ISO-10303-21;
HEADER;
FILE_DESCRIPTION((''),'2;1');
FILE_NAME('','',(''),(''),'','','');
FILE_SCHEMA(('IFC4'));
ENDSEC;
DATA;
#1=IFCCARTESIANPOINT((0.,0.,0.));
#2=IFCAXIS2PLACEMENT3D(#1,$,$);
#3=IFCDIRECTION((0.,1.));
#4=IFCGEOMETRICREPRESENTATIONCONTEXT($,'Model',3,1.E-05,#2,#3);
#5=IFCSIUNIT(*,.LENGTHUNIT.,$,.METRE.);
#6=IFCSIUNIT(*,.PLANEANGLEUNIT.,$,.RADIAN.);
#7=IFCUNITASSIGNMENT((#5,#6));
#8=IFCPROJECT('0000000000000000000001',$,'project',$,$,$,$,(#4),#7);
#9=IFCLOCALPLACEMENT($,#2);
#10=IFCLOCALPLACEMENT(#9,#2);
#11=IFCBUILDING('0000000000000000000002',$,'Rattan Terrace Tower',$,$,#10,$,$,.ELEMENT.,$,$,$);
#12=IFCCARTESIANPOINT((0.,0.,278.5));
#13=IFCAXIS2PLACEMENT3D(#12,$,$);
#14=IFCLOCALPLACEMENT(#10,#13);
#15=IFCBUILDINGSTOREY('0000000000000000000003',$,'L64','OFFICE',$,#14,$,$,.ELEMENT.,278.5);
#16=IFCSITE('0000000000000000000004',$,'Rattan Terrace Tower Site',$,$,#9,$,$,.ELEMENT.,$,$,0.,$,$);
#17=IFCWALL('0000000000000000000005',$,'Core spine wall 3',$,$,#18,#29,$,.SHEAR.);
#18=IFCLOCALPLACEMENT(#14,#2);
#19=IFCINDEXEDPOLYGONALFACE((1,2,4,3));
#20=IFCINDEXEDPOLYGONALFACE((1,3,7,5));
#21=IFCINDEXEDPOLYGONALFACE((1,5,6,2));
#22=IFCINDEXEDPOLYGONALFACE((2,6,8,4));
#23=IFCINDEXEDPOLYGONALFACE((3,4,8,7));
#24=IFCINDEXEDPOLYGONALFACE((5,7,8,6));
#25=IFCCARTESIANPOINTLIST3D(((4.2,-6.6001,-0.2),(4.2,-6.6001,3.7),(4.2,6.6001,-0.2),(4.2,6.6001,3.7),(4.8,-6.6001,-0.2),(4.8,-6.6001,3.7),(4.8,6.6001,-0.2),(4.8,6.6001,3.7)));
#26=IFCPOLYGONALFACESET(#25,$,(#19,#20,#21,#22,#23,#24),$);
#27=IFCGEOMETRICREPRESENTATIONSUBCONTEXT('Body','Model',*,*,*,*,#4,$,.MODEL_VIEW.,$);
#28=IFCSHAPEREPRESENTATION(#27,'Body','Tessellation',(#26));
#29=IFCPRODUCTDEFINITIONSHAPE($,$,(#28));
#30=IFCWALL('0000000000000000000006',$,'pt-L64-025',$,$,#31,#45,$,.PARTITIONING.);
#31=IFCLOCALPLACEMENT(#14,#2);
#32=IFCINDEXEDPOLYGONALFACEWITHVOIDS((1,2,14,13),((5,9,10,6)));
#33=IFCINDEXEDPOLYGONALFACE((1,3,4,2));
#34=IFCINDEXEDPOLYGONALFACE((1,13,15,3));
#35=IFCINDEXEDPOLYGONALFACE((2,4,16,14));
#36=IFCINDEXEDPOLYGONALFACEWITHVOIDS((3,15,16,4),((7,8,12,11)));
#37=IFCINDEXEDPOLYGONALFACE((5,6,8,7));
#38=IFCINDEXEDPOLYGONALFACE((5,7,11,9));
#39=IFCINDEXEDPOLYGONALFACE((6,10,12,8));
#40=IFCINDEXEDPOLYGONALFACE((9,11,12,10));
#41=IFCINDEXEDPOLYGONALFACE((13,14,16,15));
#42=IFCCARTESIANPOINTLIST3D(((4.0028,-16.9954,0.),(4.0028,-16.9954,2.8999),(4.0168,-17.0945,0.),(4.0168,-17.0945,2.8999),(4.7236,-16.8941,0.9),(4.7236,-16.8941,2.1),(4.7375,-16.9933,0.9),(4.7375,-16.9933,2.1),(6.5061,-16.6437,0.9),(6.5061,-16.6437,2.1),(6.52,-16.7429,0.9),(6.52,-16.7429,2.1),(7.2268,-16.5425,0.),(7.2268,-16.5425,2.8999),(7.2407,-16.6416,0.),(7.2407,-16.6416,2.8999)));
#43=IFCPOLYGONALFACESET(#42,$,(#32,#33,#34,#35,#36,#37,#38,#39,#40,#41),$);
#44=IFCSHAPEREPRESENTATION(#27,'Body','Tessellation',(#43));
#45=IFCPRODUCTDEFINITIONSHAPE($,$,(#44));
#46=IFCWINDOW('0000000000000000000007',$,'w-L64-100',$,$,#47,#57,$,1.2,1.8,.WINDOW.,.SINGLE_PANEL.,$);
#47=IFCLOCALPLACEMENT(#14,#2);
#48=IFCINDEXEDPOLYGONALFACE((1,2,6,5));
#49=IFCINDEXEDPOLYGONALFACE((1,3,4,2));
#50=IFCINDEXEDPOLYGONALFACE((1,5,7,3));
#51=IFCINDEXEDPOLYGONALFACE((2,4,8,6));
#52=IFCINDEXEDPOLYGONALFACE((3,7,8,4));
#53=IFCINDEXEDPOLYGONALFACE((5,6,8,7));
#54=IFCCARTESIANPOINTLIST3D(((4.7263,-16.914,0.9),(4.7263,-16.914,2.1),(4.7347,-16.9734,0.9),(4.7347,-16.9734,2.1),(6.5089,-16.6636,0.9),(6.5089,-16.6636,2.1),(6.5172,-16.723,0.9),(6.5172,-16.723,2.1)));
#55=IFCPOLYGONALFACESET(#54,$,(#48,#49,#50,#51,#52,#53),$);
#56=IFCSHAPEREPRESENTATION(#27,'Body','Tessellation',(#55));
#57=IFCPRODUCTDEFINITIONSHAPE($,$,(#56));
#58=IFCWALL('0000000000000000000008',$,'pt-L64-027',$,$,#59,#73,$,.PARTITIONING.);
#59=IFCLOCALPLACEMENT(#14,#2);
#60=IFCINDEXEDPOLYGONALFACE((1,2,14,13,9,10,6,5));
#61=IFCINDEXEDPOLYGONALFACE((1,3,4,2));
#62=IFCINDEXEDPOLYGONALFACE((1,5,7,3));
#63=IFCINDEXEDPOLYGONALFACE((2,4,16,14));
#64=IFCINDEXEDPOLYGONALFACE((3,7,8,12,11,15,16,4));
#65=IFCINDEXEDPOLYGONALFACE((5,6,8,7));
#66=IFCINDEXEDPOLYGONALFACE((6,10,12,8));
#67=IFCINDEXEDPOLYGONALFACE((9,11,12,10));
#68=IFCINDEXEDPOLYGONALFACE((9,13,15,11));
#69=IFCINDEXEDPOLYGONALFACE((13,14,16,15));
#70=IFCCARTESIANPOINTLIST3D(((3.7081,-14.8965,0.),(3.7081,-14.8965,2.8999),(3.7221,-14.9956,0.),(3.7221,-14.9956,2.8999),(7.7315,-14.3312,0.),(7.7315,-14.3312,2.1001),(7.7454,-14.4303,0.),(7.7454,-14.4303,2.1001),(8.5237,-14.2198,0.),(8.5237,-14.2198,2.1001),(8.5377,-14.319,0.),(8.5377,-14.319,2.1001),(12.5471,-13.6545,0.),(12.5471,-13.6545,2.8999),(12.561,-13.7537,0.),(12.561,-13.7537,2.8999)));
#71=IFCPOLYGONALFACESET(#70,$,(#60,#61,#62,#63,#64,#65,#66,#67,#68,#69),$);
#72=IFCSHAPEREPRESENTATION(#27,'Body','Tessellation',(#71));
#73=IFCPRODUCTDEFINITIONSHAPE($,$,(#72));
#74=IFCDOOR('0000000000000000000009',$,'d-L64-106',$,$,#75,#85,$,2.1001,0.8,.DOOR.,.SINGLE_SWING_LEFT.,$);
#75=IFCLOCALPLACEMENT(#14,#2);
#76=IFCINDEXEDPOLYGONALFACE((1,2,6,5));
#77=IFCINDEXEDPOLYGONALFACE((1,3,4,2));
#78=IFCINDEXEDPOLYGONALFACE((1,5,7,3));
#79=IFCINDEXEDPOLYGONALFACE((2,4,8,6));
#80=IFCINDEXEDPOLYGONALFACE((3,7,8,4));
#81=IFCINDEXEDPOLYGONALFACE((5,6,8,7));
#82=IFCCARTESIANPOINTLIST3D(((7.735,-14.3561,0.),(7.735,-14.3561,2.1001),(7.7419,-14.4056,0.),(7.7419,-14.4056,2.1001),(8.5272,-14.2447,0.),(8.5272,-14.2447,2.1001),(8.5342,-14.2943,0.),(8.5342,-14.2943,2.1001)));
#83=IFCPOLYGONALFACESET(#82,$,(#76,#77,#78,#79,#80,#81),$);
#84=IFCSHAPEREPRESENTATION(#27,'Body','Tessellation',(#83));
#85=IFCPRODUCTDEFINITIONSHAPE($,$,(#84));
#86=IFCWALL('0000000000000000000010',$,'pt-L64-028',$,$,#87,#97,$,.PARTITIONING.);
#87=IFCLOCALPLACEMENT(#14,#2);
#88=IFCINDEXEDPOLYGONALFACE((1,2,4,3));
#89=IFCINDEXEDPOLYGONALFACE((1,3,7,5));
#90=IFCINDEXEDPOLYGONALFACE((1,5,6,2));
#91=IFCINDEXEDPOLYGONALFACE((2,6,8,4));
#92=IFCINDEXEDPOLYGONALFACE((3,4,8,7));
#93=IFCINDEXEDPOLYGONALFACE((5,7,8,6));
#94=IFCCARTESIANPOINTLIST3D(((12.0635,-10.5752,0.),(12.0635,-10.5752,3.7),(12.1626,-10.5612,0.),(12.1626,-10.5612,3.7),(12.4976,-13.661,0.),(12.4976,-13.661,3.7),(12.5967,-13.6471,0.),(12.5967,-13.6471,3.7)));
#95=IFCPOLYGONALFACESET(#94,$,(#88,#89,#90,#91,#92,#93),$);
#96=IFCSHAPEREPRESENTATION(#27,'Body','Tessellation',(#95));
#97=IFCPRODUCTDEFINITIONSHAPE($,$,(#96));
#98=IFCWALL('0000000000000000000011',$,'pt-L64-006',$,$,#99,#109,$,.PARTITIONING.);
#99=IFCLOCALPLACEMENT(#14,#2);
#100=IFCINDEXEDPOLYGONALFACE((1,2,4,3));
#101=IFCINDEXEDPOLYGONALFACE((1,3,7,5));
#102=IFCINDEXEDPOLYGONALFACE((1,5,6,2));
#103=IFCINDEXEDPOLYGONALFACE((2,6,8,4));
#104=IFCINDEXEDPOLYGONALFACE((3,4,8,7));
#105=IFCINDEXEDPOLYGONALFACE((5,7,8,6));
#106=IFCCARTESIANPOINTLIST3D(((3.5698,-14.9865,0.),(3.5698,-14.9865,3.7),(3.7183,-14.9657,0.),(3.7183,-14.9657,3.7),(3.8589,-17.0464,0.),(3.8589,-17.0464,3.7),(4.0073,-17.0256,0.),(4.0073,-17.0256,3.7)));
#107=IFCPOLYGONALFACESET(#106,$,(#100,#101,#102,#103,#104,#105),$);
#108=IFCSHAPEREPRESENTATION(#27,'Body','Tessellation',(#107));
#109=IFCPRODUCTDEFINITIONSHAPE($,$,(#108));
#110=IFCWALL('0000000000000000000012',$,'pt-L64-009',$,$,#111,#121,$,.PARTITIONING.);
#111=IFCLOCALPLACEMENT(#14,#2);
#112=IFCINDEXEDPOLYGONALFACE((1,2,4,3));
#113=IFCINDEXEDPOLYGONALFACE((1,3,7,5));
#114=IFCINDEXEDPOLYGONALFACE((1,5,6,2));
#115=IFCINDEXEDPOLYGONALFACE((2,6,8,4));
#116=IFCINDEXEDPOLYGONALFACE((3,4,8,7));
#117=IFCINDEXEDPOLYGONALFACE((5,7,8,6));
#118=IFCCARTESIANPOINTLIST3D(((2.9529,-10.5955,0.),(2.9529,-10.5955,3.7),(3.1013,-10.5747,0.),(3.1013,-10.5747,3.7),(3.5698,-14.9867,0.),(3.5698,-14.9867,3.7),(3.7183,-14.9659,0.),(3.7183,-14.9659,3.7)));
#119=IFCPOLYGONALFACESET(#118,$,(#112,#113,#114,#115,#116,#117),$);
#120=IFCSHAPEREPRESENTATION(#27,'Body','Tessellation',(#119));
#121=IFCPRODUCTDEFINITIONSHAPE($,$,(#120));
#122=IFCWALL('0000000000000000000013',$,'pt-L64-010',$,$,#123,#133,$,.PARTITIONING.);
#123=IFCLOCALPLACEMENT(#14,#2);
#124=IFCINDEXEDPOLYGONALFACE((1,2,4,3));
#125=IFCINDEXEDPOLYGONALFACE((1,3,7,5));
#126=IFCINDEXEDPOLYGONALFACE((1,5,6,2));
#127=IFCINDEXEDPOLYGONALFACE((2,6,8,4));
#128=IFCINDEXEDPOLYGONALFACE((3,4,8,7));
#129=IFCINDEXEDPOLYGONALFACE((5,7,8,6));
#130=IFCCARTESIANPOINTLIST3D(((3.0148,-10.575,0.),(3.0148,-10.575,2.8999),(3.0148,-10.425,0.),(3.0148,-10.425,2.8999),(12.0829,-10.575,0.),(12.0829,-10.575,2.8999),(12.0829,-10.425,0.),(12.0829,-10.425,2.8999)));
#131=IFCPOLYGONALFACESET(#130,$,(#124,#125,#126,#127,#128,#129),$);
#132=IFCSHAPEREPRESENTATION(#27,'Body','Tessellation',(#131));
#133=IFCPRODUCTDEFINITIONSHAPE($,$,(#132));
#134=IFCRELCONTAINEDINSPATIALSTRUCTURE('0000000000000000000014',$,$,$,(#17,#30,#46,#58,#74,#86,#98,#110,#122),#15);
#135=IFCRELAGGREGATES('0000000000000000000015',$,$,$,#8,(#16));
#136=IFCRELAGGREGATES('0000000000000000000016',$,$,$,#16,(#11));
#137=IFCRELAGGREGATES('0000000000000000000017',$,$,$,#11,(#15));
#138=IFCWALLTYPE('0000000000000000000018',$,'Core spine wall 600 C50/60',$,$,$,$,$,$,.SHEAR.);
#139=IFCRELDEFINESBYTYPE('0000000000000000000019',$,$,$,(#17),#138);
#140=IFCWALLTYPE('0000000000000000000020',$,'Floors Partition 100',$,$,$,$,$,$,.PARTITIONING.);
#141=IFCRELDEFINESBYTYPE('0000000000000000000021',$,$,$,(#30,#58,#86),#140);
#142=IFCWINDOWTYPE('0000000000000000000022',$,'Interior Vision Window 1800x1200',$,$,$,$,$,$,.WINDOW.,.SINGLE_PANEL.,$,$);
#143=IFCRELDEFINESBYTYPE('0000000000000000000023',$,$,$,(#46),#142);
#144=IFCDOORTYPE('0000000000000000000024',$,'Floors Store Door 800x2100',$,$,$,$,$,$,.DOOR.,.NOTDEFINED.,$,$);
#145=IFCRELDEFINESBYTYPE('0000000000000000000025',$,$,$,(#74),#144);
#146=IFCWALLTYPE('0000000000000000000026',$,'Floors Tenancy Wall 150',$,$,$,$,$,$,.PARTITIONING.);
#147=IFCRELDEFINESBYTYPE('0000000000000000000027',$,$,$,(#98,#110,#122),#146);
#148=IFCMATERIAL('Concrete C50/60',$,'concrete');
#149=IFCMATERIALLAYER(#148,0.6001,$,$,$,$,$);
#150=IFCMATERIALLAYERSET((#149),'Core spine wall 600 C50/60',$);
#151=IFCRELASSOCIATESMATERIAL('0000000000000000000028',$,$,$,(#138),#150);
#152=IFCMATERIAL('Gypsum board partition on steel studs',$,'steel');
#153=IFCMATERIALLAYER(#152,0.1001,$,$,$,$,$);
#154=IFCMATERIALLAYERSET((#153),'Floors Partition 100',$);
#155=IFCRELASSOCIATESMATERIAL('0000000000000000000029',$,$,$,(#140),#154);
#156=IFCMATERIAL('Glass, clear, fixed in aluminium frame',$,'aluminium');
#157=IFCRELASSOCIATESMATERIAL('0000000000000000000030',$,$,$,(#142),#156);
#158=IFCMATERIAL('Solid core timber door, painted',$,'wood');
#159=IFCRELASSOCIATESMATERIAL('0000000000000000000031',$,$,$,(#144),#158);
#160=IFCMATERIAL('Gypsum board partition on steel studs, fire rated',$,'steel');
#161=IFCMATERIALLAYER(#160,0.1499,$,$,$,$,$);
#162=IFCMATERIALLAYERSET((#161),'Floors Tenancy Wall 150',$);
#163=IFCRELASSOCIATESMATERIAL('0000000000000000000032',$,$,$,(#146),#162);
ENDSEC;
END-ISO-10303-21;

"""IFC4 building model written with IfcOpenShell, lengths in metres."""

from ifc_helpers import new_model, si_unit, direction, frame, frame_2d, origin, place, context, subcontext, project, spatial, rectangle, extrude, material, layer, layer_set, type_object, element, fill, save


model = new_model("IFC4")

# Units and contexts
model_context = context("Model", 3, precision=1e-05, world=origin(), true_north=direction((0.0, 1.0)))
body_context = subcontext(model_context, "Body", "Model", "MODEL_VIEW")
ifc_project = project(units=[si_unit("LENGTHUNIT", "METRE"), si_unit("PLANEANGLEUNIT", "RADIAN")], contexts=[model_context])

# Site, building, storey
site_placement = place(None, origin())
site = spatial("IfcSite", under=ifc_project, at=site_placement, Name="Rattan Terrace Tower Site", CompositionType="ELEMENT", RefElevation=0.0)
building_placement = place(site_placement, origin())
building = spatial("IfcBuilding", under=site, at=building_placement, Name="Rattan Terrace Tower", CompositionType="ELEMENT")
storey_placement = place(building_placement, frame((0.0, 0.0, 278.5)))
storey = spatial("IfcBuildingStorey", under=building, at=storey_placement, Name="L64", Description="OFFICE", CompositionType="ELEMENT", Elevation=278.5)

# Wall
ifc_material_1 = material(Name="Concrete C50/60", Category="concrete")
ifc_layer_1 = layer(ifc_material_1, 0.6001)
ifc_layer_set_1 = layer_set([ifc_layer_1], Name="Core spine wall 600 C50/60")
wall_type_1 = type_object("IfcWallType", Name="Core spine wall 600 C50/60", PredefinedType="SHEAR", material=ifc_layer_set_1)
wall_1_placement = place(storey_placement, frame((4.5, -6.6001, -0.2), z_axis=(0.0, 0.0, 1.0), x_axis=(0.0, 1.0, 0.0)))
element("IfcWall", 1, at=wall_1_placement, inside=storey, type_object=wall_type_1, Name="Core spine wall 3", PredefinedType="SHEAR", context=body_context, shape_type="SweptSolid", body=[
    extrude(rectangle(XDim=13.2002, YDim=0.6001, at=frame_2d((6.6001, 0.0))), origin(), (0.0, 0.0, 1.0), 3.8999),
])

# Wall, opening, window
ifc_material_2 = material(Name="Gypsum board partition on steel studs", Category="steel")
ifc_layer_2 = layer(ifc_material_2, 0.1001)
ifc_layer_set_2 = layer_set([ifc_layer_2], Name="Floors Partition 100")
wall_type_2 = type_object("IfcWallType", Name="Floors Partition 100", PredefinedType="PARTITIONING", material=ifc_layer_set_2)
wall_2_placement = place(storey_placement, frame((7.2339, -16.592, 0.0), z_axis=(0.0, 0.0, 1.0), x_axis=(-0.990277, -0.139111, 0.0)))
wall_2 = element("IfcWall", 2, at=wall_2_placement, inside=storey, type_object=wall_type_2, Name="pt-L64-025", PredefinedType="PARTITIONING", context=body_context, shape_type="SweptSolid", body=[
    extrude(rectangle(XDim=3.2556, YDim=0.1001, at=frame_2d((1.6279, 0.0))), origin(), (0.0, 0.0, 1.0), 2.8999),
])
opening_1_placement = place(wall_2_placement, frame((0.728, 0.0, 0.8999)))
opening_1 = element("IfcOpeningElement", 3, at=opening_1_placement, cuts=wall_2, PredefinedType="OPENING", context=body_context, shape_type="SweptSolid", body=[
    extrude(rectangle(XDim=1.8, YDim=1.2, at=frame_2d((0.8999, 0.6001))), frame((0.0, 0.0605, 0.0), z_axis=(0.0, -1.0, 0.0), x_axis=(1.0, 0.0, 0.0)), (0.0, 0.0, 1.0), 0.1211),
])
ifc_material_3 = material(Name="Glass, clear, fixed in aluminium frame", Category="aluminium")
window_type = type_object("IfcWindowType", Name="Interior Vision Window 1800x1200", PartitioningType="SINGLE_PANEL", PredefinedType="WINDOW", material=ifc_material_3)
window_placement = place(opening_1_placement, origin())
window = element("IfcWindow", 4, at=window_placement, inside=storey, type_object=window_type, Name="w-L64-100", OverallHeight=1.2, OverallWidth=1.8, PartitioningType="SINGLE_PANEL", PredefinedType="WINDOW", context=body_context, shape_type="SweptSolid", body=[
    extrude(rectangle(XDim=1.8, YDim=1.2, at=frame_2d((0.8999, 0.6001))), frame((0.0, 0.03, 0.0), z_axis=(0.0, -1.0, 0.0), x_axis=(1.0, 0.0, 0.0)), (0.0, 0.0, 1.0), 0.0601),
])
fill(opening_1, window)

# Wall, opening, door
wall_3_placement = place(storey_placement, frame((3.7151, -14.946, 0.0), z_axis=(0.0, 0.0, 1.0), x_axis=(0.990272, 0.139143, 0.0)))
wall_3 = element("IfcWall", 5, at=wall_3_placement, inside=storey, type_object=wall_type_2, Name="pt-L64-027", PredefinedType="PARTITIONING", context=body_context, shape_type="SweptSolid", body=[
    extrude(rectangle(XDim=8.9258, YDim=0.1001, at=frame_2d((4.4629, 0.0))), origin(), (0.0, 0.0, 1.0), 2.8999),
])
opening_2_placement = place(wall_3_placement, frame((4.063, 0.0, 0.0)))
opening_2 = element("IfcOpeningElement", 6, at=opening_2_placement, cuts=wall_3, PredefinedType="OPENING", context=body_context, shape_type="SweptSolid", body=[
    extrude(rectangle(XDim=0.8, YDim=2.1001, at=frame_2d((0.3999, 1.05))), frame((0.0, 0.0605, 0.0), z_axis=(0.0, -1.0, 0.0), x_axis=(1.0, 0.0, 0.0)), (0.0, 0.0, 1.0), 0.1211),
])
ifc_material_4 = material(Name="Solid core timber door, painted", Category="wood")
door_type_1 = type_object("IfcDoorType", Name="Floors Store Door 800x2100", OperationType="NOTDEFINED", PredefinedType="DOOR", material=ifc_material_4)
door_1_placement = place(opening_2_placement, origin())
door_1 = element("IfcDoor", 7, at=door_1_placement, inside=storey, type_object=door_type_1, Name="d-L64-106", OperationType="SINGLE_SWING_LEFT", OverallHeight=2.1001, OverallWidth=0.8, PredefinedType="DOOR", context=body_context, shape_type="SweptSolid", body=[
    extrude(rectangle(XDim=0.8, YDim=2.1001, at=frame_2d((0.3999, 1.05))), frame((0.0, 0.0249, 0.0), z_axis=(0.0, -1.0, 0.0), x_axis=(1.0, 0.0, 0.0)), (0.0, 0.0, 1.0), 0.05),
])
fill(opening_2, door_1)

# Walls
wall_4_placement = place(storey_placement, frame((12.5471, -13.6541, 0.0), z_axis=(0.0, 0.0, 1.0), x_axis=(-0.139293, 0.990251, 0.0)))
element("IfcWall", 8, at=wall_4_placement, inside=storey, type_object=wall_type_2, Name="pt-L64-028", PredefinedType="PARTITIONING", context=body_context, shape_type="SweptSolid", body=[
    extrude(rectangle(XDim=3.1162, YDim=0.1001, at=frame_2d((1.5581, 0.0))), origin(), (0.0, 0.0, 1.0), 3.7),
])
ifc_material_5 = material(Name="Gypsum board partition on steel studs, fire rated", Category="steel")
ifc_layer_3 = layer(ifc_material_5, 0.1499)
ifc_layer_set_3 = layer_set([ifc_layer_3], Name="Floors Tenancy Wall 150")
wall_type_3 = type_object("IfcWallType", Name="Floors Tenancy Wall 150", PredefinedType="PARTITIONING", material=ifc_layer_set_3)
wall_5_placement = place(storey_placement, frame((3.644, -14.9761, 0.0), z_axis=(0.0, 0.0, 1.0), x_axis=(0.138972, -0.990296, 0.0)))
element("IfcWall", 9, at=wall_5_placement, inside=storey, type_object=wall_type_3, Name="pt-L64-006", PredefinedType="PARTITIONING", context=body_context, shape_type="SweptSolid", body=[
    extrude(rectangle(XDim=2.0801, YDim=0.1499, at=frame_2d((1.04, 0.0))), origin(), (0.0, 0.0, 1.0), 3.7),
])
wall_6_placement = place(storey_placement, frame((3.0271, -10.585, 0.0), z_axis=(0.0, 0.0, 1.0), x_axis=(0.139132, -0.990274, 0.0)))
element("IfcWall", 10, at=wall_6_placement, inside=storey, type_object=wall_type_3, Name="pt-L64-009", PredefinedType="PARTITIONING", context=body_context, shape_type="SweptSolid", body=[
    extrude(rectangle(XDim=4.4343, YDim=0.1499, at=frame_2d((2.2173, 0.0))), origin(), (0.0, 0.0, 1.0), 3.7),
])
wall_7_placement = place(storey_placement, frame((12.083, -10.5, 0.0), z_axis=(0.0, 0.0, 1.0), x_axis=(-1.0, 0.0, 0.0)))
element("IfcWall", 11, at=wall_7_placement, inside=storey, type_object=wall_type_3, Name="pt-L64-010", PredefinedType="PARTITIONING", context=body_context, shape_type="SweptSolid", body=[
    extrude(rectangle(XDim=9.0681, YDim=0.1499, at=frame_2d((4.5342, 0.0))), origin(), (0.0, 0.0, 1.0), 2.8999),
])

save(model, "model.ifc")
